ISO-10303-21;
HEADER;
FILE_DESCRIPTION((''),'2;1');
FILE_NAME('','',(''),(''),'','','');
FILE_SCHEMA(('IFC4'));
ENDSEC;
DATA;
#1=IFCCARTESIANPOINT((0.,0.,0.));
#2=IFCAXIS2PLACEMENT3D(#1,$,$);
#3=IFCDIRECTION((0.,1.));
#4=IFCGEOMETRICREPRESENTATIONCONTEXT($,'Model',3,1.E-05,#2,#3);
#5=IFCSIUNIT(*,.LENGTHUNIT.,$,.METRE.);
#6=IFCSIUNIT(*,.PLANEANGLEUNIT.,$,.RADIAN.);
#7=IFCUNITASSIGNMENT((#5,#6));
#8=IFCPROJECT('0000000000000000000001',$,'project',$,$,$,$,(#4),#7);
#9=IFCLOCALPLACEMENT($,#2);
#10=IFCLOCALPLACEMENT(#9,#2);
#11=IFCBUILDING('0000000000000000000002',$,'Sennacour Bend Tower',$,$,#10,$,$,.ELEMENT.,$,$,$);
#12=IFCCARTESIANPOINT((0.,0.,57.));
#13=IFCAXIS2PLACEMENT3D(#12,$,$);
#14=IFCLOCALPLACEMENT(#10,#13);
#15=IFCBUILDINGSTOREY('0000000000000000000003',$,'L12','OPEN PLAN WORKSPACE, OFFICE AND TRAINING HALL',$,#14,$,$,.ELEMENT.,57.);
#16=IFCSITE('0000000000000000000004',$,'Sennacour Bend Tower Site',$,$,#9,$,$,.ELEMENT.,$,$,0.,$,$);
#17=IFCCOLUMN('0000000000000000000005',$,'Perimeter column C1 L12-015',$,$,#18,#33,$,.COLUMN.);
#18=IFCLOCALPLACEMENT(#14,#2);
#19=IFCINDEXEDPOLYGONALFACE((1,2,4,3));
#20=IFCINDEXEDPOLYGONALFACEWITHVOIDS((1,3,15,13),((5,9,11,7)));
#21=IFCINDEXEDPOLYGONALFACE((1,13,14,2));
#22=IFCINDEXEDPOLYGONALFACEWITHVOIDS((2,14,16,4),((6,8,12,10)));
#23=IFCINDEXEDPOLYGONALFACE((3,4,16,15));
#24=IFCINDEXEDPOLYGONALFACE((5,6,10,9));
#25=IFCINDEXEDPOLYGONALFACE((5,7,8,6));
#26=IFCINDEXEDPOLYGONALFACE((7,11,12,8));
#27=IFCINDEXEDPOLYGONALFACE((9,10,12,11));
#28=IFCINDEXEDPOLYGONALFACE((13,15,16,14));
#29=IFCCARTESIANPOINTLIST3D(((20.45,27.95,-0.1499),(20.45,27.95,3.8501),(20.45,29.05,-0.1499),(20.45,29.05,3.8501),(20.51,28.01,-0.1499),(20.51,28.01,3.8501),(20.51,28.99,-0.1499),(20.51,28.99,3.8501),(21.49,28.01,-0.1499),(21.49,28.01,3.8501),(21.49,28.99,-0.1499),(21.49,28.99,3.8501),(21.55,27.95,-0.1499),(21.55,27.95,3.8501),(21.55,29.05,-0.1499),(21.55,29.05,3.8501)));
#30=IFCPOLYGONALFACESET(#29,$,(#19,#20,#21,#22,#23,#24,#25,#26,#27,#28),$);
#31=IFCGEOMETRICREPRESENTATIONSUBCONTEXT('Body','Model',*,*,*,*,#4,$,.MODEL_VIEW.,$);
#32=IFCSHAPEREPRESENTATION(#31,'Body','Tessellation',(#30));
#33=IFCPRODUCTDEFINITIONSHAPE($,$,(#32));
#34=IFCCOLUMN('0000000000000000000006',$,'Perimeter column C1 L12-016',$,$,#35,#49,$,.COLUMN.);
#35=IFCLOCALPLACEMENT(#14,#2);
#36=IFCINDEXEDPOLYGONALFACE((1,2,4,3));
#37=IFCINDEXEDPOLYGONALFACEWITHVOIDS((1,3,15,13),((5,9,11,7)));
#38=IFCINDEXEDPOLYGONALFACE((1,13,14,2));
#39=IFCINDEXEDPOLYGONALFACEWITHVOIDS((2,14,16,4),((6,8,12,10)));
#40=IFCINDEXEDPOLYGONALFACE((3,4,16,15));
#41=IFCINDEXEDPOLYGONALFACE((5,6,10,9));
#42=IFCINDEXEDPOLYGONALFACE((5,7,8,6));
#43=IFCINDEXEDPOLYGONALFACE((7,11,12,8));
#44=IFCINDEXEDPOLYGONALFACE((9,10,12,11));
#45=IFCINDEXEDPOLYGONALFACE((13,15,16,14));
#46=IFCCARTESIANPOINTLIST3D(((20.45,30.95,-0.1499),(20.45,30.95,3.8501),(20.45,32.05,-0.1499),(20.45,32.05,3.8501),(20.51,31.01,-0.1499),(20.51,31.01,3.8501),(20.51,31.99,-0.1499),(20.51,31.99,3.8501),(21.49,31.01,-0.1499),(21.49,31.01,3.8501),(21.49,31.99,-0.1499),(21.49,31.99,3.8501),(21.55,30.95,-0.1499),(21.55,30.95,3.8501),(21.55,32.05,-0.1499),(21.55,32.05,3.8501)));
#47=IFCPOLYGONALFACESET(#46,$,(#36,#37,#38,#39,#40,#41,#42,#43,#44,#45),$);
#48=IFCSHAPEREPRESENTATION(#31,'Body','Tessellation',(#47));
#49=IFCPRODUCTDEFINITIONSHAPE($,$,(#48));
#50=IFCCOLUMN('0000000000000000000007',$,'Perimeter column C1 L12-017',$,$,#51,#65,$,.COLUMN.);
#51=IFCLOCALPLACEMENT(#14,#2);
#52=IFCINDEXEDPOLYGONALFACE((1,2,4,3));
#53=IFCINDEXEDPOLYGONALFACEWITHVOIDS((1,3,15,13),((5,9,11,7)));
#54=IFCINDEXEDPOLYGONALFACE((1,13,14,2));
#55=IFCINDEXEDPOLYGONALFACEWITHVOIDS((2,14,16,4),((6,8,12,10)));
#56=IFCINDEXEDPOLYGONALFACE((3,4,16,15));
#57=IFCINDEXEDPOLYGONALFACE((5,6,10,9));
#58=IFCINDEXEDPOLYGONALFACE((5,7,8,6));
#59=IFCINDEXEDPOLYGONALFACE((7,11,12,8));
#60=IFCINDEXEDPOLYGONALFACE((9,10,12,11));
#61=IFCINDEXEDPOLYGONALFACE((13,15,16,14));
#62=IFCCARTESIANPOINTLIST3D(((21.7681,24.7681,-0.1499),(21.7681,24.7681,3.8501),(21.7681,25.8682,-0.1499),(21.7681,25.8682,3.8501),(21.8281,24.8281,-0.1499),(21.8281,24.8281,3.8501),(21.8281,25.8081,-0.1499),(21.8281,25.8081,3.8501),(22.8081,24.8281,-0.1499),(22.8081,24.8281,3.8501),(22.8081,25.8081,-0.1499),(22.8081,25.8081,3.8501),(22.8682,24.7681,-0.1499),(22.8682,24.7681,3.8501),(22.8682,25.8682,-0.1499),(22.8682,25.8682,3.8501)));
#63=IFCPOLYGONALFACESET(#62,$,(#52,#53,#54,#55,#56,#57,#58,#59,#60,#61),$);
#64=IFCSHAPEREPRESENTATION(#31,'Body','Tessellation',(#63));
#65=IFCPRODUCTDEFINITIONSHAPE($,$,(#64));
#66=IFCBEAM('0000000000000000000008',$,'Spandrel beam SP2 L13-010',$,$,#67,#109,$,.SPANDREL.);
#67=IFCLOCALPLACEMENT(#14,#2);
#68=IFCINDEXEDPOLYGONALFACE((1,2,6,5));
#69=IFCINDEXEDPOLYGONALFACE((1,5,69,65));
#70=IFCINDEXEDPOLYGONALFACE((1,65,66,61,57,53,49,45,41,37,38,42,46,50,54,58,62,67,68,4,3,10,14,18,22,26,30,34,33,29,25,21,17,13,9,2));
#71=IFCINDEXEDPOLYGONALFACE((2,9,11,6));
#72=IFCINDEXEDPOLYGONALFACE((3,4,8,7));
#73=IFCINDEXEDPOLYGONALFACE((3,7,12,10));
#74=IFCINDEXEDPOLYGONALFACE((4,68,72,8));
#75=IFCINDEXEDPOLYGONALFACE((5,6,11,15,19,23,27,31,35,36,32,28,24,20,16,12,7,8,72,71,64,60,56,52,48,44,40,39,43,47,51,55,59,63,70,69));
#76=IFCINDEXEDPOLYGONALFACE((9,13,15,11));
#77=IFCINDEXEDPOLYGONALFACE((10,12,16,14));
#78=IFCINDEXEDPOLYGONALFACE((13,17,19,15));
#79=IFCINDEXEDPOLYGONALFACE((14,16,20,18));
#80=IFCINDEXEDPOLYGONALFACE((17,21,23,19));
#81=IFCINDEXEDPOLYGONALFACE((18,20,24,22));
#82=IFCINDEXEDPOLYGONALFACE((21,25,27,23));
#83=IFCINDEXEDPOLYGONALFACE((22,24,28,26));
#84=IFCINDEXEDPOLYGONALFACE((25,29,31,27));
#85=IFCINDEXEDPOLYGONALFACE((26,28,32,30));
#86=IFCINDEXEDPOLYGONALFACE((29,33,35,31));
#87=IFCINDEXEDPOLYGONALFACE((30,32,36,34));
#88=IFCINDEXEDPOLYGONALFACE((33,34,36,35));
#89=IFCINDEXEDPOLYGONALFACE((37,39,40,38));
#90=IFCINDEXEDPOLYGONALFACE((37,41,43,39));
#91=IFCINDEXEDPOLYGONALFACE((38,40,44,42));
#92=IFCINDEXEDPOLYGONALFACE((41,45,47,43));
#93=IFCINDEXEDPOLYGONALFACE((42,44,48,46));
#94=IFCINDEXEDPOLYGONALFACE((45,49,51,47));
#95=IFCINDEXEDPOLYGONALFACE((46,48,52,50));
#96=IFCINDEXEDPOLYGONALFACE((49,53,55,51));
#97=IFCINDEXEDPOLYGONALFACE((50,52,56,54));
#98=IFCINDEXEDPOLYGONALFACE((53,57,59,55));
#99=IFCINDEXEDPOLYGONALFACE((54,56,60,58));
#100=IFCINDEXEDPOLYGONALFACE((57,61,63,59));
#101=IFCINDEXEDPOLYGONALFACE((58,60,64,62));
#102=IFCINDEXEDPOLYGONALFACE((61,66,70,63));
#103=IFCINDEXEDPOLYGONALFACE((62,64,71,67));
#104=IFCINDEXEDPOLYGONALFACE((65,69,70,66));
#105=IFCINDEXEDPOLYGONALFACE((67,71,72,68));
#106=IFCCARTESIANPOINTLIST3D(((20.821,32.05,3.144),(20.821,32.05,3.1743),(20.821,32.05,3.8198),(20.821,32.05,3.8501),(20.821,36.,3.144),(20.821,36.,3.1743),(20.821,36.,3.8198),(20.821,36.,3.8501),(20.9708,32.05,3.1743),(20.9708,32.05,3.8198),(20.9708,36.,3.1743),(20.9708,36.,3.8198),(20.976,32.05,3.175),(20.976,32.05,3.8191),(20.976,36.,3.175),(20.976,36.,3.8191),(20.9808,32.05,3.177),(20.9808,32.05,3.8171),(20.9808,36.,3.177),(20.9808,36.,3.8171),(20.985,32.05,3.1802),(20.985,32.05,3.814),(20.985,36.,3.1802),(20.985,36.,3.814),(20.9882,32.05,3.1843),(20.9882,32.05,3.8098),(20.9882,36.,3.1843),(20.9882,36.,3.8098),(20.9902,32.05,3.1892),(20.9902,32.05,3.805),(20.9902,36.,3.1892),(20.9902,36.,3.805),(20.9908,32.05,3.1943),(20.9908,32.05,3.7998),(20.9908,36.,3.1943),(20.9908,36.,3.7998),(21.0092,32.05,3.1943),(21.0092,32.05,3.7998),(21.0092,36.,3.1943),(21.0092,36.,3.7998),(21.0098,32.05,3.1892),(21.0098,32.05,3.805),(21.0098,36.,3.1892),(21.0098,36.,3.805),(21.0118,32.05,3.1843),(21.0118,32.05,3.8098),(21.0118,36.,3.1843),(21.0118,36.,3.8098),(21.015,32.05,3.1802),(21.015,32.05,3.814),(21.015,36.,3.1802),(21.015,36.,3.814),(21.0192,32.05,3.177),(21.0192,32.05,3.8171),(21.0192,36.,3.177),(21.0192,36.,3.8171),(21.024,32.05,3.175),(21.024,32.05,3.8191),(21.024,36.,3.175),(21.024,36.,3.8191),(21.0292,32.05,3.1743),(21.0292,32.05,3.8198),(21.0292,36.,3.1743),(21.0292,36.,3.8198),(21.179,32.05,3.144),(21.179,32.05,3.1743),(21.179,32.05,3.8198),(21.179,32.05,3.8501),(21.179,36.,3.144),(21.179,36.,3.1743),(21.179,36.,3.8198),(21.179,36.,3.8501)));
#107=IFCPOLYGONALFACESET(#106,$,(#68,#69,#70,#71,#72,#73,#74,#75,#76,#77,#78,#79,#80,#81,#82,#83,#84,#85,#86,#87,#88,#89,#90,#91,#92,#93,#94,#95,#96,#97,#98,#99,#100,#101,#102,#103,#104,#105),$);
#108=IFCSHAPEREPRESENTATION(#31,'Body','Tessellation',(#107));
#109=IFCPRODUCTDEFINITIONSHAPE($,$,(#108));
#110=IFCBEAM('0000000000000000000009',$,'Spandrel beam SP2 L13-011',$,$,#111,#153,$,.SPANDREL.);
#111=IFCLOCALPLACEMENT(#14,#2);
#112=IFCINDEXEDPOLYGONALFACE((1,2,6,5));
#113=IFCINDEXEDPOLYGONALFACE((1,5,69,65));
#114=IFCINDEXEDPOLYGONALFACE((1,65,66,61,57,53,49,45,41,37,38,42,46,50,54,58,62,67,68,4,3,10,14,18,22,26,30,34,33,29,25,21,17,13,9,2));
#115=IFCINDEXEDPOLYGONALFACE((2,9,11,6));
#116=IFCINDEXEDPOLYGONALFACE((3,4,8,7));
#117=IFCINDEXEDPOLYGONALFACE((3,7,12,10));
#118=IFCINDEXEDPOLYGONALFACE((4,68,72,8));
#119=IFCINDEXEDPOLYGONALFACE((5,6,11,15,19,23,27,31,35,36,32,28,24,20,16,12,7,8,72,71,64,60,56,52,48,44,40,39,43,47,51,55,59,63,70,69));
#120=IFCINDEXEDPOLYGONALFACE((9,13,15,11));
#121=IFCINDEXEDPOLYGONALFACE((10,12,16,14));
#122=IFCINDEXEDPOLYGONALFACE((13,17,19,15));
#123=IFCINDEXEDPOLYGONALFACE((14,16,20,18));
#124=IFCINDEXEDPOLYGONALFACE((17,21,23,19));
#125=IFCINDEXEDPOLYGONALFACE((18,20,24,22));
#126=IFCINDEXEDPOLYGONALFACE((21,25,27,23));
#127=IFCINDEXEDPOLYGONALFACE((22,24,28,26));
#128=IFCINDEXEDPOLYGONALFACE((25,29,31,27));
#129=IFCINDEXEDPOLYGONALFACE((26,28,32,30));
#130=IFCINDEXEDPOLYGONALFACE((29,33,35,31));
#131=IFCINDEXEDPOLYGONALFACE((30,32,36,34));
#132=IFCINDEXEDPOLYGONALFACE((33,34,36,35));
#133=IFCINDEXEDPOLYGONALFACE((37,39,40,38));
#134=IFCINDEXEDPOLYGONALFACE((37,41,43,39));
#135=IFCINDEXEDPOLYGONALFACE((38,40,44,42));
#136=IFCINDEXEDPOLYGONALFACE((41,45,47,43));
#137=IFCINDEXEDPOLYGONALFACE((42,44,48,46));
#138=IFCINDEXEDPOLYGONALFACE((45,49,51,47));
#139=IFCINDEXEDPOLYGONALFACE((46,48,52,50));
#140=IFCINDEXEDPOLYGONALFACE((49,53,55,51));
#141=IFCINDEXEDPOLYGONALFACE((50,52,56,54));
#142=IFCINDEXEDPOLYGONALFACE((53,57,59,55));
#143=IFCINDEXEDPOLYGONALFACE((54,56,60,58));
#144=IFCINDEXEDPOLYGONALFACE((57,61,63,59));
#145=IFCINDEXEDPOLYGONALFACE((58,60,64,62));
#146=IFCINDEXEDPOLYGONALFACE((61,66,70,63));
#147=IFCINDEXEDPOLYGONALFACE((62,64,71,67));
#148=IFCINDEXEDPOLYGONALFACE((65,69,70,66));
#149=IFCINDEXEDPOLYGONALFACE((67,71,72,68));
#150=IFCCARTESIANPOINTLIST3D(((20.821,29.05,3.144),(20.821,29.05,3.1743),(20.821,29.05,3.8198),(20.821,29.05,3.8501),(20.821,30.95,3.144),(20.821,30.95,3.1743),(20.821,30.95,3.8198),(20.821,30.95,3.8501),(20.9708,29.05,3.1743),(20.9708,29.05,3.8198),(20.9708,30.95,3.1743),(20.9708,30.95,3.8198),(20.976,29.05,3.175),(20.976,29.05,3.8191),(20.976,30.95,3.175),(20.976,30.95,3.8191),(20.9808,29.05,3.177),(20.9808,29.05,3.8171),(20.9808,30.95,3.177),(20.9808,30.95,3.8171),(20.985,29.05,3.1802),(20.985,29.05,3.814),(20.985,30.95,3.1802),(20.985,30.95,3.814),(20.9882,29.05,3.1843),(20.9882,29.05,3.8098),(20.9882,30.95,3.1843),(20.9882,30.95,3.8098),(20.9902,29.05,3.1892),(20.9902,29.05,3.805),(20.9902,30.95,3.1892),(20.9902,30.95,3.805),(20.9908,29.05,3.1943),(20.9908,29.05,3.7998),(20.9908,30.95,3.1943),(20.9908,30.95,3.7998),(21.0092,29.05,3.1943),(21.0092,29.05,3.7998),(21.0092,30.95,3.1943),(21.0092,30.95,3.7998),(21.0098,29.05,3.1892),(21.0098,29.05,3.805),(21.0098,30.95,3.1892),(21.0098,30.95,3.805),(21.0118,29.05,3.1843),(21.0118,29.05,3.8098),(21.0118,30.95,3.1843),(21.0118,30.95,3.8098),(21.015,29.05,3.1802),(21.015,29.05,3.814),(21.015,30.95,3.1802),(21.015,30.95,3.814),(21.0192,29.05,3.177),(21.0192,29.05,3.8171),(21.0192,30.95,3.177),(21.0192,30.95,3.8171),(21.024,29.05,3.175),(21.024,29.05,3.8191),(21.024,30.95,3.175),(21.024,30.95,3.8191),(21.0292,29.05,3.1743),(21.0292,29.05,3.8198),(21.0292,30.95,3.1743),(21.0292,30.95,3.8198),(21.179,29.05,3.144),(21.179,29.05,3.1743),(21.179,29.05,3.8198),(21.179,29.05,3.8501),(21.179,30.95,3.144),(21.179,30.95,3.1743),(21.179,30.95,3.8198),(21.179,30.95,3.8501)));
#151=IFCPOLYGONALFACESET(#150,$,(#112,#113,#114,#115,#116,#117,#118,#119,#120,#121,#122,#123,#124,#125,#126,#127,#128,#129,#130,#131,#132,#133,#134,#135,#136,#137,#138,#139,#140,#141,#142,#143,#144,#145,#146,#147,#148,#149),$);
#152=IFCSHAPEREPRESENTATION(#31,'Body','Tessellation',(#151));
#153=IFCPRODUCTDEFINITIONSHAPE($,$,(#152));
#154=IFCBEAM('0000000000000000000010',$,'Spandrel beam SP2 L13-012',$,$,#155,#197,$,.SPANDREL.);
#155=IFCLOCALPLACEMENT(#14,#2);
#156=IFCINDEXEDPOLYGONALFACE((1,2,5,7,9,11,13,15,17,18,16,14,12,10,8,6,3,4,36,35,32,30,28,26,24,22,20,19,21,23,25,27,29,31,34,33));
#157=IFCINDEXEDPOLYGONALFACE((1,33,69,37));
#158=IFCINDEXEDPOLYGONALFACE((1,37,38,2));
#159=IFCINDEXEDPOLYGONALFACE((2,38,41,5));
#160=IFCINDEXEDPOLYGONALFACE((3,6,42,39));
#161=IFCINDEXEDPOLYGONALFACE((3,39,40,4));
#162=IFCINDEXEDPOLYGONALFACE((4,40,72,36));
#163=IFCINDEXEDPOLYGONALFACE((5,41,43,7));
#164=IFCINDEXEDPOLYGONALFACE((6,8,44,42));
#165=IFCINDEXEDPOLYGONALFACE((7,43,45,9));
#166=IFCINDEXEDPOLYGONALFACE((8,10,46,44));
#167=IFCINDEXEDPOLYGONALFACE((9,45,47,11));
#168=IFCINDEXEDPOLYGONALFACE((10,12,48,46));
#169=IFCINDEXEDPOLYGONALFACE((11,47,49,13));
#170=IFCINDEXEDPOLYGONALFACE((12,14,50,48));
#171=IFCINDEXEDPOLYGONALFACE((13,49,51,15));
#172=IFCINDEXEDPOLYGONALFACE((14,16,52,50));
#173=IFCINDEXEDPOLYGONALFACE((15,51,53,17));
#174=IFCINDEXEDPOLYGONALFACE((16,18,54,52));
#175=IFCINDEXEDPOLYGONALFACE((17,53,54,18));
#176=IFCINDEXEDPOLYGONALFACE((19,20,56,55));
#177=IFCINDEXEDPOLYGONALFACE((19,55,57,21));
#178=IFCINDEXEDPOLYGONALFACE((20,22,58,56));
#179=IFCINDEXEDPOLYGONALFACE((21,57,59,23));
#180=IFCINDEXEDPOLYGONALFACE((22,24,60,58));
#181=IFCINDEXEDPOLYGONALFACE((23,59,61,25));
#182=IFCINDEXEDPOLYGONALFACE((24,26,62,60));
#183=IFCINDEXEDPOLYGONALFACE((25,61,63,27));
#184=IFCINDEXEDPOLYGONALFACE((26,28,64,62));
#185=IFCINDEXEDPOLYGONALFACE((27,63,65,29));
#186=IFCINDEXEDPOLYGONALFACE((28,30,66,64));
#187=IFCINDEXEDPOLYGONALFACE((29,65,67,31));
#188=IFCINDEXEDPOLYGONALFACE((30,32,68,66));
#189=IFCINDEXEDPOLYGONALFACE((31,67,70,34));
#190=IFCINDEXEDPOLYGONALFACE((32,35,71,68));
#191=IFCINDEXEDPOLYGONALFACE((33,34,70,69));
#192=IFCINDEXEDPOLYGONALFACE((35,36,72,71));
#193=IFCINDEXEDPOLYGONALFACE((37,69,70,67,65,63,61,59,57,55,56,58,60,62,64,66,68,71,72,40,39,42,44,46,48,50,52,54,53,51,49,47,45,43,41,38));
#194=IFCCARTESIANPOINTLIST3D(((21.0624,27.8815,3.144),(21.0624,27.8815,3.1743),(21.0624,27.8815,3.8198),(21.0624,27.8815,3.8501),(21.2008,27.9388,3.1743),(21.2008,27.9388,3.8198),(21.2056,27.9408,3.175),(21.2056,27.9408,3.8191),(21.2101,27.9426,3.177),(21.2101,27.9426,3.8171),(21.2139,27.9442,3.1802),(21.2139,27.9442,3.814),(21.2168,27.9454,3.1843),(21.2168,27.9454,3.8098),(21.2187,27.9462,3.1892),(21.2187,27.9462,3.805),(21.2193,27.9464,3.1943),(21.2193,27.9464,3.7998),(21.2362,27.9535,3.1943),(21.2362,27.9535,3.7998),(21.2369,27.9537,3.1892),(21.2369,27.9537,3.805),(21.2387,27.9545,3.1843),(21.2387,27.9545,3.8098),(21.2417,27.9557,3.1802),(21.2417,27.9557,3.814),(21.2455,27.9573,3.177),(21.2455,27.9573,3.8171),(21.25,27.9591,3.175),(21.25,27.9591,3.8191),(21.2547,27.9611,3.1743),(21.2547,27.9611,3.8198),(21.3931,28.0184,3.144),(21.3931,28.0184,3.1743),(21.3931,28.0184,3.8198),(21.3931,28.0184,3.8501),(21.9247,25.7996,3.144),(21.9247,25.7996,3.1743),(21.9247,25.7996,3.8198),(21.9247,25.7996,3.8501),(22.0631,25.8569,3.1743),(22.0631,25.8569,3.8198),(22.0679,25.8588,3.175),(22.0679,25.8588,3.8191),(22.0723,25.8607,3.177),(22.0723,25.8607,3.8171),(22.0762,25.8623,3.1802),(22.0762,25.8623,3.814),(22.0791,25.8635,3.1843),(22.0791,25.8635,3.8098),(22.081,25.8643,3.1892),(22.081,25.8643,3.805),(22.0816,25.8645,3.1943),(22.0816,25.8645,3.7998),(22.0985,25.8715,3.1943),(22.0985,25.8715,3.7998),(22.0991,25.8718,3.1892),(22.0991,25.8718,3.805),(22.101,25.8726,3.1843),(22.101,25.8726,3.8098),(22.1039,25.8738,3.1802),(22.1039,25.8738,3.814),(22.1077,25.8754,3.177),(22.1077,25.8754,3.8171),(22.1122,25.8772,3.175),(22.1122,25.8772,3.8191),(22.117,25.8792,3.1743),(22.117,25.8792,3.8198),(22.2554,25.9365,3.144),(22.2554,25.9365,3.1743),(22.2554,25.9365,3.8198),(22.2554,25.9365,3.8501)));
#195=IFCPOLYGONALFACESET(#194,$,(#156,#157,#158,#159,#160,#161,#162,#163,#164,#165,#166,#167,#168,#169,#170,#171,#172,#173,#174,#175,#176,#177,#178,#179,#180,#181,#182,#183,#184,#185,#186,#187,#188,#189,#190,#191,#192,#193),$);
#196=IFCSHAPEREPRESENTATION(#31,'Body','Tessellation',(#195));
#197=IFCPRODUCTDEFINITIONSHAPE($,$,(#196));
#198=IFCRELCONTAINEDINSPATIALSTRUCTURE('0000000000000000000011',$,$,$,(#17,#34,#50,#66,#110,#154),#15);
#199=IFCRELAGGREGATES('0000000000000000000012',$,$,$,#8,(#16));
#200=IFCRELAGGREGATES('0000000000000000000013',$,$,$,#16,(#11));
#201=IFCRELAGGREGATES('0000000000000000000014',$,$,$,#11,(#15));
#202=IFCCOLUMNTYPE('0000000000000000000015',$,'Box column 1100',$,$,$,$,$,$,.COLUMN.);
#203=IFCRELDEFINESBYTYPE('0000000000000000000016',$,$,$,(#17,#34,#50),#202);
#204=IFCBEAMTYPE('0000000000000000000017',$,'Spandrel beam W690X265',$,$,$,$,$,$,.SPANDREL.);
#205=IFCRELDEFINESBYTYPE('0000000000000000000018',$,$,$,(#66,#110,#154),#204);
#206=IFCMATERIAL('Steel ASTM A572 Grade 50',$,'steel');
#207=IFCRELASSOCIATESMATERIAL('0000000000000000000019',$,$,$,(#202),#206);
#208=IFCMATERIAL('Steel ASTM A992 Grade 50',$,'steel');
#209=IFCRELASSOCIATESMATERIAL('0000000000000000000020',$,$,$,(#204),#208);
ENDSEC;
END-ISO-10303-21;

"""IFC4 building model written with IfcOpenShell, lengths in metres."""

from ifc_helpers import new_model, si_unit, direction, frame, origin, origin_2d, place, context, subcontext, project, spatial, hollow_rectangle, i_section, extrude, material, material_profile, profile_set, type_object, element, save


model = new_model("IFC4")

# Units and contexts
model_context = context("Model", 3, precision=1e-05, world=origin(), true_north=direction((0.0, 1.0)))
body_context = subcontext(model_context, "Body", "Model", "MODEL_VIEW")
ifc_project = project(units=[si_unit("LENGTHUNIT", "METRE"), si_unit("PLANEANGLEUNIT", "RADIAN")], contexts=[model_context])

# Site, building, storey
site_placement = place(None, origin())
site = spatial("IfcSite", under=ifc_project, at=site_placement, Name="Sennacour Bend Tower Site", CompositionType="ELEMENT", RefElevation=0.0)
building_placement = place(site_placement, origin())
building = spatial("IfcBuilding", under=site, at=building_placement, Name="Sennacour Bend Tower", CompositionType="ELEMENT")
storey_placement = place(building_placement, frame((0.0, 0.0, 57.0)))
storey = spatial("IfcBuildingStorey", under=building, at=storey_placement, Name="L12", Description="OPEN PLAN WORKSPACE, OFFICE AND TRAINING HALL", CompositionType="ELEMENT", Elevation=57.0)

# Columns
ifc_material_1 = material(Name="Steel ASTM A572 Grade 50", Category="steel")
ifc_material_profile_1 = material_profile(ifc_material_1, hollow_rectangle(XDim=1.1001, YDim=1.1001, WallThickness=0.0601, at=origin_2d()), Name="Steel ASTM A572 Grade 50", Category="steel")
ifc_profile_set_1 = profile_set([ifc_material_profile_1], Name="Steel ASTM A572 Grade 50")
column_type = type_object("IfcColumnType", Name="Box column 1100", PredefinedType="COLUMN", material=ifc_profile_set_1)
for number, where, z_axis, x_axis, name in (
    (1, (21.0, 28.5, -0.1499), (0.0, 0.0, 1.0), (1.0, 0.0, 0.0), "Perimeter column C1 L12-015"),
    (2, (21.0, 31.5, -0.1499), (0.0, 0.0, 1.0), (1.0, 0.0, 0.0), "Perimeter column C1 L12-016"),
    (3, (22.3181, 25.3181, -0.1499), (0.0, 0.0, 1.0), (1.0, 0.0, 0.0), "Perimeter column C1 L12-017"),
):
    element("IfcColumn", number, at=place(storey_placement, frame(where, z_axis=z_axis, x_axis=x_axis)), inside=storey, type_object=column_type, Name=name, PredefinedType="COLUMN", context=body_context, shape_type="SweptSolid", body=[
        extrude(hollow_rectangle(XDim=1.1001, YDim=1.1001, WallThickness=0.0601, at=origin_2d()), origin(), (0.0, 0.0, 1.0), 4.0),
    ])

# Beams
ifc_material_2 = material(Name="Steel ASTM A992 Grade 50", Category="steel")
ifc_material_profile_2 = material_profile(ifc_material_2, i_section(OverallWidth=0.3579, OverallDepth=0.7061, WebThickness=0.0183, FlangeThickness=0.0303, FilletRadius=0.02, at=origin_2d()), Name="Steel ASTM A992 Grade 50", Category="steel")
ifc_profile_set_2 = profile_set([ifc_material_profile_2], Name="Steel ASTM A992 Grade 50")
beam_type = type_object("IfcBeamType", Name="Spandrel beam W690X265", PredefinedType="SPANDREL", material=ifc_profile_set_2)
beam_1_placement = place(storey_placement, frame((21.0, 36.0, 3.4971), z_axis=(0.0, -1.0, 0.0), x_axis=(1.0, 0.0, 0.0)))
element("IfcBeam", 4, at=beam_1_placement, inside=storey, type_object=beam_type, Name="Spandrel beam SP2 L13-010", PredefinedType="SPANDREL", context=body_context, shape_type="SweptSolid", body=[
    extrude(i_section(OverallWidth=0.3579, OverallDepth=0.7061, WebThickness=0.0183, FlangeThickness=0.0303, FilletRadius=0.02, at=origin_2d()), origin(), (0.0, 0.0, 1.0), 3.95),
])
beam_2_placement = place(storey_placement, frame((21.0, 30.95, 3.4971), z_axis=(0.0, -1.0, 0.0), x_axis=(1.0, 0.0, 0.0)))
element("IfcBeam", 5, at=beam_2_placement, inside=storey, type_object=beam_type, Name="Spandrel beam SP2 L13-011", PredefinedType="SPANDREL", context=body_context, shape_type="SweptSolid", body=[
    extrude(i_section(OverallWidth=0.3579, OverallDepth=0.7061, WebThickness=0.0183, FlangeThickness=0.0303, FilletRadius=0.02, at=origin_2d()), origin(), (0.0, 0.0, 1.0), 1.8999),
])
for number, where, z_axis, x_axis, name in (
    (6, (21.2278, 27.95, 3.4971), (0.382645, -0.923895, 0.0), (0.923895, 0.382645, 0.0), "Spandrel beam SP2 L13-012"),
):
    element("IfcBeam", number, at=place(storey_placement, frame(where, z_axis=z_axis, x_axis=x_axis)), inside=storey, type_object=beam_type, Name=name, PredefinedType="SPANDREL", context=body_context, shape_type="SweptSolid", body=[
        extrude(i_section(OverallWidth=0.3579, OverallDepth=0.7061, WebThickness=0.0183, FlangeThickness=0.0303, FilletRadius=0.02, at=origin_2d()), origin(), (0.0, 0.0, 1.0), 2.2534),
    ])

save(model, "model.ifc")
